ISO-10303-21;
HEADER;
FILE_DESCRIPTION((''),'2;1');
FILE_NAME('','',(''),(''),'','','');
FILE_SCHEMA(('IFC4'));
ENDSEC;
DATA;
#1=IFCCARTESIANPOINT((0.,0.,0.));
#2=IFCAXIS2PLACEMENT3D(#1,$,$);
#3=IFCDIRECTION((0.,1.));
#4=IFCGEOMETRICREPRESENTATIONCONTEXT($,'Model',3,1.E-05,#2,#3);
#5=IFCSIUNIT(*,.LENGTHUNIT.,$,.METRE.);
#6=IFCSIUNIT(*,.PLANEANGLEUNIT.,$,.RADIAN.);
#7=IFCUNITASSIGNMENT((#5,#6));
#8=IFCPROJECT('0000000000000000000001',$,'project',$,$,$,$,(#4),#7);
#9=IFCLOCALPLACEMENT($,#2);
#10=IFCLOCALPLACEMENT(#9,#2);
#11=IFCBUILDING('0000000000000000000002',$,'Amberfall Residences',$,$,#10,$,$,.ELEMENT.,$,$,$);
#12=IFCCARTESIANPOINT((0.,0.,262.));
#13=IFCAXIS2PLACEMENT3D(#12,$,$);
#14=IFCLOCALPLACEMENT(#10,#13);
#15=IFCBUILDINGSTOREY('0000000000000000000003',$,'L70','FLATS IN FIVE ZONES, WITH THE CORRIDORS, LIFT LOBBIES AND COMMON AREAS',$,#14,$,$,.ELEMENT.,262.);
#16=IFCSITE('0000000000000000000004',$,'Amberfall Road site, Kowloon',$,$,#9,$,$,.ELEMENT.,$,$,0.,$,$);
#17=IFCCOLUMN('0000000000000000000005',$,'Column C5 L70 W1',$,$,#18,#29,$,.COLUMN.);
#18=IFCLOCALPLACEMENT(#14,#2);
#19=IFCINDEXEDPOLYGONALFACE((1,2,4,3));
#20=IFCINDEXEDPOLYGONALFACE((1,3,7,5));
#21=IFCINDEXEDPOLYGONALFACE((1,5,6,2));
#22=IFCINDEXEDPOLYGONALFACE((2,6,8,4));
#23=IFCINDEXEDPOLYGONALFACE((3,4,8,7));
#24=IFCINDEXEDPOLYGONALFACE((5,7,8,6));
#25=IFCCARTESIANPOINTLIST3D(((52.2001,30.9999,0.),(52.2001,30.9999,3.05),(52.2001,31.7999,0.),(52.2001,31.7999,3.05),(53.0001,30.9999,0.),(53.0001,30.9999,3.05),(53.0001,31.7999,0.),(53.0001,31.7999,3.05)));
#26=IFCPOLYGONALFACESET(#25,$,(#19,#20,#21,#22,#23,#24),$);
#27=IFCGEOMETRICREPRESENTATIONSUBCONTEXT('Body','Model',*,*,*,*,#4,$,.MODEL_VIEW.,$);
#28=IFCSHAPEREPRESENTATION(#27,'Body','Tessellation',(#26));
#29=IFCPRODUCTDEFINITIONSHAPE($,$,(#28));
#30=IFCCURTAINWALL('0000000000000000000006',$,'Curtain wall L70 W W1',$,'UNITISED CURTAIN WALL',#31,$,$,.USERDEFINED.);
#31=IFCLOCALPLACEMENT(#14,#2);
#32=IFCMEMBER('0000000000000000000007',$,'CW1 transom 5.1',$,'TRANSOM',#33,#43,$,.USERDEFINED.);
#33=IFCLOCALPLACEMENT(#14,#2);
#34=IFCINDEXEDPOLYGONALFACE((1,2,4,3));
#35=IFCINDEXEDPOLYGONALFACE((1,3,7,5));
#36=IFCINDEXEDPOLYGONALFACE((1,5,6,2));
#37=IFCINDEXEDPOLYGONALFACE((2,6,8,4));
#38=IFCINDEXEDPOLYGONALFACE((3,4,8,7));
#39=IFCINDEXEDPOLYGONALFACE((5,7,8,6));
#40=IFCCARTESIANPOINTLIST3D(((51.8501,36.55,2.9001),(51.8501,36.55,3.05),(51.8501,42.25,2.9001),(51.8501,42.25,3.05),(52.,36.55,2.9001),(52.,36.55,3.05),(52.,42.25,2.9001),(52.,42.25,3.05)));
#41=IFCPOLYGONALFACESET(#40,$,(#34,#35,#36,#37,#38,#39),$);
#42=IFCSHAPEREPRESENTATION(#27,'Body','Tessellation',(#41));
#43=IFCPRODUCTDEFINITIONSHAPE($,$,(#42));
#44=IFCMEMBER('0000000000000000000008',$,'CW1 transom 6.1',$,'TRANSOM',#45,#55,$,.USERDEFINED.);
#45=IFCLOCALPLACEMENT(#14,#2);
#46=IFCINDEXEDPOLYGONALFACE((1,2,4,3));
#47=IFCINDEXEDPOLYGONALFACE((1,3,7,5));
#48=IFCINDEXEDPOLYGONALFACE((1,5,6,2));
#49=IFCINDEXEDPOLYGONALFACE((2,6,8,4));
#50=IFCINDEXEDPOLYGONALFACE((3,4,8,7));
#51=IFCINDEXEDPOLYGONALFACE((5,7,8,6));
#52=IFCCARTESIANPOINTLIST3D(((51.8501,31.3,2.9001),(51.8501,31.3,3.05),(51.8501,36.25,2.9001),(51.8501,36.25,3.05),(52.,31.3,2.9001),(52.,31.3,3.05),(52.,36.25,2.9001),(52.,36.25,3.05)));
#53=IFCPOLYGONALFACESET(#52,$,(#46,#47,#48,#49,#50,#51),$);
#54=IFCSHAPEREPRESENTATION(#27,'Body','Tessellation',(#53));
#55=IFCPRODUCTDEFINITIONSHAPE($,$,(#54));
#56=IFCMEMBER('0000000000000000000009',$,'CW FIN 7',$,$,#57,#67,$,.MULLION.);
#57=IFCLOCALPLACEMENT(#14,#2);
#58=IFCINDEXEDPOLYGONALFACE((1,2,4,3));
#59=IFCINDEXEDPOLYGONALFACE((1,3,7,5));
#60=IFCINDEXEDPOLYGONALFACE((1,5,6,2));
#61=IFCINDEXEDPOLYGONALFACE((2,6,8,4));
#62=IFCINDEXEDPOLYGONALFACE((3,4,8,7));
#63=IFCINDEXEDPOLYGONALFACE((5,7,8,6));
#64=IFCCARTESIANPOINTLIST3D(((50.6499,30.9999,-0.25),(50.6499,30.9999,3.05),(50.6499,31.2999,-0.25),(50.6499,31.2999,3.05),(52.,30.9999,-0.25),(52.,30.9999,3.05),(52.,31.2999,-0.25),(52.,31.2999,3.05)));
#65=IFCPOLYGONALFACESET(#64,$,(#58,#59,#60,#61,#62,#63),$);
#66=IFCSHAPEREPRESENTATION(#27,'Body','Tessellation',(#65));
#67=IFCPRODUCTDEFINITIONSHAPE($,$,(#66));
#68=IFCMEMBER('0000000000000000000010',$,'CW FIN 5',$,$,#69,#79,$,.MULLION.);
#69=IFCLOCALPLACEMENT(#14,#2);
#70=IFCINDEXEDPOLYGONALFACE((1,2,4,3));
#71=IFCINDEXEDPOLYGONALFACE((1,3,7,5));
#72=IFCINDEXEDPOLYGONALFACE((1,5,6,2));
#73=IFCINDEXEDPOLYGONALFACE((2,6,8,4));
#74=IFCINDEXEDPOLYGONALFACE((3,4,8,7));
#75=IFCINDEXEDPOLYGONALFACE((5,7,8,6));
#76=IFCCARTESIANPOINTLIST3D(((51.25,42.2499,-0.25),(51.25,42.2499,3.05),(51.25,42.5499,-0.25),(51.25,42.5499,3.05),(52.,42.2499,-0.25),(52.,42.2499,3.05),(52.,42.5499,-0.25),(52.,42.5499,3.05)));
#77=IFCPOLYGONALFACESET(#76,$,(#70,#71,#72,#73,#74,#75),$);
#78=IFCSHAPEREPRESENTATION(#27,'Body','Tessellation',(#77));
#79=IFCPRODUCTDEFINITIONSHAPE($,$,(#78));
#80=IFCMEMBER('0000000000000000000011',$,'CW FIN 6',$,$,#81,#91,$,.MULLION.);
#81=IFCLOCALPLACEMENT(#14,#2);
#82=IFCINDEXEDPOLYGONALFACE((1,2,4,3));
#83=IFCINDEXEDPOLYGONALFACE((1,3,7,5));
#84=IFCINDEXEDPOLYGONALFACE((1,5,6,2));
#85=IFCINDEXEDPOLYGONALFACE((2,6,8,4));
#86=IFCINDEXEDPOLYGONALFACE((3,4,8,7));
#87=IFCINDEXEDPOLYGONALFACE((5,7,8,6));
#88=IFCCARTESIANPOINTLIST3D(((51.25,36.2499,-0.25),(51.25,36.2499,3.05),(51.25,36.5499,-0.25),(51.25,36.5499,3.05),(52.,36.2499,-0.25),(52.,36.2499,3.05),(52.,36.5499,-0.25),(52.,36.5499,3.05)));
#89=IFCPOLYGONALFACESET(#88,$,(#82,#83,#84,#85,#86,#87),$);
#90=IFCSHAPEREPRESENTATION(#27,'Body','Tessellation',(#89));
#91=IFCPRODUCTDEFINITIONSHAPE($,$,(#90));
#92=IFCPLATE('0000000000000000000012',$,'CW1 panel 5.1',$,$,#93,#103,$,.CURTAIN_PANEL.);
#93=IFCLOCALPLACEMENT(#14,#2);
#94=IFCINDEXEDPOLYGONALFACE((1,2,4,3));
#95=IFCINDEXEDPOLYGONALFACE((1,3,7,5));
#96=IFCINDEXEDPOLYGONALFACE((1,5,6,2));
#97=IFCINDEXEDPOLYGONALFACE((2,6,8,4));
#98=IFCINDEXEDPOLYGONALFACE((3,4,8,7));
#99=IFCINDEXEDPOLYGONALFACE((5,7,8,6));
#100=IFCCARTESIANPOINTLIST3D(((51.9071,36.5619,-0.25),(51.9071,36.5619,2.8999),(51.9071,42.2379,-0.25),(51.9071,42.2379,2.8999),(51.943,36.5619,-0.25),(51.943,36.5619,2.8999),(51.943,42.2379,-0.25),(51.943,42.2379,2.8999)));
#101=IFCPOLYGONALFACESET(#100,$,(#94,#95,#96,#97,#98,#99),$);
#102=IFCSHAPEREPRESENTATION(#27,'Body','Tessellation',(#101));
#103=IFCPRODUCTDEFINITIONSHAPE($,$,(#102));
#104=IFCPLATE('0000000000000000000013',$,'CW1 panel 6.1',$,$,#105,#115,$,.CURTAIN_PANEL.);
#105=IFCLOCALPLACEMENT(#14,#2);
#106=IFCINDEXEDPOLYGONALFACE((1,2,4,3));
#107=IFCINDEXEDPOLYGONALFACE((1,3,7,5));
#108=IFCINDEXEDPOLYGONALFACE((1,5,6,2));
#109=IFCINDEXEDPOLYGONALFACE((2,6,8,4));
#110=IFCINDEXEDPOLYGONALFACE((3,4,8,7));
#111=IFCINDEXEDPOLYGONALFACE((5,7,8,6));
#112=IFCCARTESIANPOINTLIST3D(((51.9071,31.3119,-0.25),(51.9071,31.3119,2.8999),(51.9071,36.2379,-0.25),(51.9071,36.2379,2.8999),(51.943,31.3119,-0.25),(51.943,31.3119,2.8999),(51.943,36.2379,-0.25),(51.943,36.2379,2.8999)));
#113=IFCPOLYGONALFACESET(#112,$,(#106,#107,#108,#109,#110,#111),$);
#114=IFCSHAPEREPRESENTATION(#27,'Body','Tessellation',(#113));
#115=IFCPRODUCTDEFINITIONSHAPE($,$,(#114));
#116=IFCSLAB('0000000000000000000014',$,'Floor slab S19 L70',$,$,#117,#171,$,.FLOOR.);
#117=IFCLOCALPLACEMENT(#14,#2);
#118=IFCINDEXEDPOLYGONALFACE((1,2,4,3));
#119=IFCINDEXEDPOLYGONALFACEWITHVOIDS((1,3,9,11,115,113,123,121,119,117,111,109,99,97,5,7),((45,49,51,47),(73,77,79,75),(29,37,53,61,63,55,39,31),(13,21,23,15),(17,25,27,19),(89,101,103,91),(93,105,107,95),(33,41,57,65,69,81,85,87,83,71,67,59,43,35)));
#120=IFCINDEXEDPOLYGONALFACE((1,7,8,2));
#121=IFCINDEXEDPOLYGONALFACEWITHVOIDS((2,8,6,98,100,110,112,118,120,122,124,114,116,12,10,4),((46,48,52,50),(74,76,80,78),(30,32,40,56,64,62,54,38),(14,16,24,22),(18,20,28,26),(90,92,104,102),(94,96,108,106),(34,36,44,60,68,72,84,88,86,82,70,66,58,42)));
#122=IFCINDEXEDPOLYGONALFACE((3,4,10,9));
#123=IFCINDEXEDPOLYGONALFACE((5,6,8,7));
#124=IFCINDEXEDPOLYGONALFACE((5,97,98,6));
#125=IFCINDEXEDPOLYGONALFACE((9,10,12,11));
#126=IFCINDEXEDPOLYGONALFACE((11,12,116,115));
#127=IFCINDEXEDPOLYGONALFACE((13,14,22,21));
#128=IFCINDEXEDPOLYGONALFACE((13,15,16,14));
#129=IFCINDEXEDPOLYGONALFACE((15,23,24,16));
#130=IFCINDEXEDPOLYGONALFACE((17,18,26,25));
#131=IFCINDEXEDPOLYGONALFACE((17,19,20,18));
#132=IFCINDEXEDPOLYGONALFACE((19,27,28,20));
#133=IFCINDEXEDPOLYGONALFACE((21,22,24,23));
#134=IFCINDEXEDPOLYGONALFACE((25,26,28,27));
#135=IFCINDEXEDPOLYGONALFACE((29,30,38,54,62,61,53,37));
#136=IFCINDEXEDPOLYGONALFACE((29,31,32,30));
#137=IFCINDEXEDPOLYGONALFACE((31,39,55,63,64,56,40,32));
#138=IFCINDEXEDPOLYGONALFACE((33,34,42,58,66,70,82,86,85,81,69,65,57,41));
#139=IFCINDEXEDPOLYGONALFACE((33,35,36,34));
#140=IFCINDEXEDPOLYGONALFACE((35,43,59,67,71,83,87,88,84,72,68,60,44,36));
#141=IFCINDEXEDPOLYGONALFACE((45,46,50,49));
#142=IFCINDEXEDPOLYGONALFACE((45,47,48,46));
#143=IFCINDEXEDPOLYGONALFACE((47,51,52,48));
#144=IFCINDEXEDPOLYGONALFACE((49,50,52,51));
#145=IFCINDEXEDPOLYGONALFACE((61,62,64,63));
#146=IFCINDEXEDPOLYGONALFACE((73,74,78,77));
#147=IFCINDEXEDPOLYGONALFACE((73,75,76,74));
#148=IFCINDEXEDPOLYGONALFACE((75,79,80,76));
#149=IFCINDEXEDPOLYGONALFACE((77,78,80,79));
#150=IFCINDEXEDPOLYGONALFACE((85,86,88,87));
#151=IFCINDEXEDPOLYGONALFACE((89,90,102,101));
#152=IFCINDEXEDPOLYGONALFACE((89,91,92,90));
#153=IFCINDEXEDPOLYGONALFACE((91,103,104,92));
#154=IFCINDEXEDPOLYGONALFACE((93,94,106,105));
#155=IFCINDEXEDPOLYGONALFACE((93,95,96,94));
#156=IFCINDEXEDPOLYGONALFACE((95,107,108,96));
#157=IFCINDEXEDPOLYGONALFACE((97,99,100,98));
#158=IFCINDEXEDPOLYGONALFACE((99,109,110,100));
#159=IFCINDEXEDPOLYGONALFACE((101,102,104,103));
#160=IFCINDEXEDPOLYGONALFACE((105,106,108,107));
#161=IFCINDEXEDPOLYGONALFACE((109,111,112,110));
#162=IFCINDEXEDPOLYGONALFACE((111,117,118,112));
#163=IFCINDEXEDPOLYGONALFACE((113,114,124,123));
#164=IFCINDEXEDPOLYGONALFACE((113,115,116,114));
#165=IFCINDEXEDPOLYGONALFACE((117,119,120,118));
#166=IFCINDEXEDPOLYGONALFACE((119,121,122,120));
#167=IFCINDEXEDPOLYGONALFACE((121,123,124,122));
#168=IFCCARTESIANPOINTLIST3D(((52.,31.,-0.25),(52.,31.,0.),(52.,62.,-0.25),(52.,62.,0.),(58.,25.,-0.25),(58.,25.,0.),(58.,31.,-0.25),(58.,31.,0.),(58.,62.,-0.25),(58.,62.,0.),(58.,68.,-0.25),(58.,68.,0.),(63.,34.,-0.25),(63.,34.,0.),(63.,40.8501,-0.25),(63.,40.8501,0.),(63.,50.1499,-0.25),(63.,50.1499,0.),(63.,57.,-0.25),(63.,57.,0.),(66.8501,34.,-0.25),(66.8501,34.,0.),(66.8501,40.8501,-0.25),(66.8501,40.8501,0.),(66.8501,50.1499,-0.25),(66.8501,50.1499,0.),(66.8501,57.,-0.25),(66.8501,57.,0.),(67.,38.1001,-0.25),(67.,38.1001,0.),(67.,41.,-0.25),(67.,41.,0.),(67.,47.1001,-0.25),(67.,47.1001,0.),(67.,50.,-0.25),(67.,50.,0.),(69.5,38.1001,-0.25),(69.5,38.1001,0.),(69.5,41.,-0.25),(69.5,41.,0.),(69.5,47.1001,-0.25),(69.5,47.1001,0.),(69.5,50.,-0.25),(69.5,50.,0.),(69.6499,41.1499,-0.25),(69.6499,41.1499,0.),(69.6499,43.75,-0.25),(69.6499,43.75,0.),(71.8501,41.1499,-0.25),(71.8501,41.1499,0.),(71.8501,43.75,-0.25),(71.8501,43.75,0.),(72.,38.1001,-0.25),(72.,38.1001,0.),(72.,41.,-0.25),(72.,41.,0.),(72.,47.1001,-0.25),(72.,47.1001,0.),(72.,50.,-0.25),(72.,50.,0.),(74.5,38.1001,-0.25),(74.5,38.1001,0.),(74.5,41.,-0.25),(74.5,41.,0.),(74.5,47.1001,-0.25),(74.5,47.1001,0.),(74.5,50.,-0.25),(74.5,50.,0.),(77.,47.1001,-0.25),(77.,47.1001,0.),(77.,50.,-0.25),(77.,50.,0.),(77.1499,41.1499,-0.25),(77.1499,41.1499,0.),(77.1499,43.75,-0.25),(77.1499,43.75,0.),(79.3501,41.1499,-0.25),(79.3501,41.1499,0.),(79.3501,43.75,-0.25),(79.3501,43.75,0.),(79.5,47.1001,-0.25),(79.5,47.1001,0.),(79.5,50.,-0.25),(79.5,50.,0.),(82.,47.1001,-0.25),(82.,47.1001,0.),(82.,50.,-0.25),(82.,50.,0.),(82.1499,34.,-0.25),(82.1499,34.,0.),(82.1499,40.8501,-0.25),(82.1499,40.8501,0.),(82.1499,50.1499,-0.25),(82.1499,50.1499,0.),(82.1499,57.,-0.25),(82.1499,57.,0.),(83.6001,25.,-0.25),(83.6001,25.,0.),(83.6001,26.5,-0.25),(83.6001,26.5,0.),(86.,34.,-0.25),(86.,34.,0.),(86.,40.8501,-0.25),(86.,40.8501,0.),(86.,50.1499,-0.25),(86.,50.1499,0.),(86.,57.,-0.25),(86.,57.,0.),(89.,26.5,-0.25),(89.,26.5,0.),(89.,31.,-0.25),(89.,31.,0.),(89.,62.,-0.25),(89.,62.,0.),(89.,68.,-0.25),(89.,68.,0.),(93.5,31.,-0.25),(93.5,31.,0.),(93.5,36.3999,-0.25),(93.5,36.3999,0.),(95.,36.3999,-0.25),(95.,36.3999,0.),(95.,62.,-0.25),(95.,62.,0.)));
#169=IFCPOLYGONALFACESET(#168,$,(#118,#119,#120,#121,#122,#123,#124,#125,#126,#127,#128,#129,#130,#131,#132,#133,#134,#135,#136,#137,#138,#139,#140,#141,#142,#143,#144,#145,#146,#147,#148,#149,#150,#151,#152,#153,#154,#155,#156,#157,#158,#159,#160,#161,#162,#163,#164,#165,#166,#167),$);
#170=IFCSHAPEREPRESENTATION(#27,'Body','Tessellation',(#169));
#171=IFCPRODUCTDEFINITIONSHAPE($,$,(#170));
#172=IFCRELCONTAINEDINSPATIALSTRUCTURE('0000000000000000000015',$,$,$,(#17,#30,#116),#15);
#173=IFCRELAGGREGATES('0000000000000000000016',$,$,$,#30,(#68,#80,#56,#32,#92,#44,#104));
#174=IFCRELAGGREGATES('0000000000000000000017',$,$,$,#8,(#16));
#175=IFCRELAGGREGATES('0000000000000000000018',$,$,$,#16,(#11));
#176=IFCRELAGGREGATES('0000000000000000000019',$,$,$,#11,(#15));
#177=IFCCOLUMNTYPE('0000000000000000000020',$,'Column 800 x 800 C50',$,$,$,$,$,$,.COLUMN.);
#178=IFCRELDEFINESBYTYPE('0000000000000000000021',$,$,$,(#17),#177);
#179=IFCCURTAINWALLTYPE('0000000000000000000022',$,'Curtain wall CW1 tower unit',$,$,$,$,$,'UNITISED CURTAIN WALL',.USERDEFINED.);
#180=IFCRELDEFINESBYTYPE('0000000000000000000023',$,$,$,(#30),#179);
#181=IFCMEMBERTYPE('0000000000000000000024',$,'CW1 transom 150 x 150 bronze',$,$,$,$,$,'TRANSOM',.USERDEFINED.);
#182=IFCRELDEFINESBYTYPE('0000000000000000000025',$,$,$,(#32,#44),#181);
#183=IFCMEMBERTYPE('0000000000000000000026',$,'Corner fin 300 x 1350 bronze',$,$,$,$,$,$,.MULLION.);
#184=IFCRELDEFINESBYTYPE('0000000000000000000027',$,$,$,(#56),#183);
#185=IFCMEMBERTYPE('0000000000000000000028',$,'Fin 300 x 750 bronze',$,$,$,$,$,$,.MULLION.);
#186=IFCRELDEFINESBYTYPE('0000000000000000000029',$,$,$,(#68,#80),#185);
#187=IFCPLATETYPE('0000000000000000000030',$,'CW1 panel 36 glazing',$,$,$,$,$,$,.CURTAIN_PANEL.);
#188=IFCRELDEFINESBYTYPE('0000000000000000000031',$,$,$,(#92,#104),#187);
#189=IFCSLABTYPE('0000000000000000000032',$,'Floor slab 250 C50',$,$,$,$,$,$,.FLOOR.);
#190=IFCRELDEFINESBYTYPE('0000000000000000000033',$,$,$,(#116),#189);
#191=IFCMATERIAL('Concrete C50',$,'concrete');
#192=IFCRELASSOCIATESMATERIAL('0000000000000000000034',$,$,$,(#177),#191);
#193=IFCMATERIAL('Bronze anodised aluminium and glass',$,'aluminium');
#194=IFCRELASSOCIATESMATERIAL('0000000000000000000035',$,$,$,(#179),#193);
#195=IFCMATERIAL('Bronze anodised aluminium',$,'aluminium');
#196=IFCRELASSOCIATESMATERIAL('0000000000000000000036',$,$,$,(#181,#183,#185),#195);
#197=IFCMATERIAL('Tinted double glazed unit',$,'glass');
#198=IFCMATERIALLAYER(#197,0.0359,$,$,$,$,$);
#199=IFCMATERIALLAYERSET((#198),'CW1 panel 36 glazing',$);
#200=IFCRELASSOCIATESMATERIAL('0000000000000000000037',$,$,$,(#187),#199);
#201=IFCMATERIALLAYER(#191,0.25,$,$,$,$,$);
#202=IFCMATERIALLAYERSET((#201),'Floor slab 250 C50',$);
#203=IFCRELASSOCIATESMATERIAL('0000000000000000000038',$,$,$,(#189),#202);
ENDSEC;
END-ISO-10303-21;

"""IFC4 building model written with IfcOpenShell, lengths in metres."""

from ifc_helpers import new_model, si_unit, direction, frame, origin, origin_2d, place, context, subcontext, project, spatial, polyline, rectangle, outline, extrude, material, layer, layer_set, material_profile, profile_set, type_object, element, aggregate, save


model = new_model("IFC4")

# Units and contexts
model_context = context("Model", 3, precision=1e-05, world=origin(), true_north=direction((0.0, 1.0)))
body_context = subcontext(model_context, "Body", "Model", "MODEL_VIEW")
ifc_project = project(units=[si_unit("LENGTHUNIT", "METRE"), si_unit("PLANEANGLEUNIT", "RADIAN")], contexts=[model_context])

# Site, building, storey
site_placement = place(None, origin())
site = spatial("IfcSite", under=ifc_project, at=site_placement, Name="Amberfall Road site, Kowloon", CompositionType="ELEMENT", RefElevation=0.0)
building_placement = place(site_placement, origin())
building = spatial("IfcBuilding", under=site, at=building_placement, Name="Amberfall Residences", CompositionType="ELEMENT")
storey_placement = place(building_placement, frame((0.0, 0.0, 262.0)))
storey = spatial("IfcBuildingStorey", under=building, at=storey_placement, Name="L70", Description="FLATS IN FIVE ZONES, WITH THE CORRIDORS, LIFT LOBBIES AND COMMON AREAS", CompositionType="ELEMENT", Elevation=262.0)

# Column
ifc_material_1 = material(Name="Concrete C50", Category="concrete")
ifc_material_profile_1 = material_profile(ifc_material_1, rectangle(XDim=0.8, YDim=0.8, at=origin_2d()), Name="Column 800 x 800 C50")
ifc_profile_set_1 = profile_set([ifc_material_profile_1], Name="Concrete C50")
column_type = type_object("IfcColumnType", Name="Column 800 x 800 C50", PredefinedType="COLUMN", material=ifc_profile_set_1)
column_placement = place(storey_placement, frame((52.6001, 31.3999, 0.0), z_axis=(0.0, 0.0, 1.0), x_axis=(1.0, 0.0, 0.0)))
element("IfcColumn", 1, at=column_placement, inside=storey, type_object=column_type, Name="Column C5 L70 W1", PredefinedType="COLUMN", context=body_context, shape_type="SweptSolid", body=[
    extrude(rectangle(XDim=0.8, YDim=0.8, at=origin_2d()), origin(), (0.0, 0.0, 1.0), 3.05),
])

# Curtain wall, members, plates
ifc_material_2 = material(Name="Bronze anodised aluminium and glass", Category="aluminium")
curtain_wall_type = type_object("IfcCurtainWallType", Name="Curtain wall CW1 tower unit", ElementType="UNITISED CURTAIN WALL", PredefinedType="USERDEFINED", material=ifc_material_2)
curtain_wall_placement = place(storey_placement, origin())
curtain_wall = element("IfcCurtainWall", 2, at=curtain_wall_placement, inside=storey, type_object=curtain_wall_type, Name="Curtain wall L70 W W1", ObjectType="UNITISED CURTAIN WALL", PredefinedType="USERDEFINED")
ifc_material_3 = material(Name="Bronze anodised aluminium", Category="aluminium")
ifc_material_profile_2 = material_profile(ifc_material_3, rectangle(XDim=0.1499, YDim=0.1499, at=origin_2d()), Name="CW1 transom 150 x 150 bronze")
ifc_profile_set_2 = profile_set([ifc_material_profile_2], Name="Bronze anodised aluminium")
member_type_1 = type_object("IfcMemberType", Name="CW1 transom 150 x 150 bronze", ElementType="TRANSOM", PredefinedType="USERDEFINED", material=ifc_profile_set_2)
member_1_placement = place(storey_placement, frame((51.925, 42.25, 2.9751), z_axis=(0.0, -1.0, 0.0), x_axis=(1.0, 0.0, 0.0)))
member_1 = element("IfcMember", 3, at=member_1_placement, type_object=member_type_1, Name="CW1 transom 5.1", ObjectType="TRANSOM", PredefinedType="USERDEFINED", context=body_context, shape_type="SweptSolid", body=[
    extrude(rectangle(XDim=0.1499, YDim=0.1499, at=origin_2d()), origin(), (0.0, 0.0, 1.0), 5.7),
])
member_2_placement = place(storey_placement, frame((51.925, 36.25, 2.9751), z_axis=(0.0, -1.0, 0.0), x_axis=(1.0, 0.0, 0.0)))
member_2 = element("IfcMember", 4, at=member_2_placement, type_object=member_type_1, Name="CW1 transom 6.1", ObjectType="TRANSOM", PredefinedType="USERDEFINED", context=body_context, shape_type="SweptSolid", body=[
    extrude(rectangle(XDim=0.1499, YDim=0.1499, at=origin_2d()), origin(), (0.0, 0.0, 1.0), 4.95),
])
ifc_material_profile_3 = material_profile(ifc_material_3, rectangle(XDim=1.3501, YDim=0.3, at=origin_2d()), Name="Corner fin 300 x 1350 bronze")
ifc_profile_set_3 = profile_set([ifc_material_profile_3], Name="Bronze anodised aluminium")
member_type_2 = type_object("IfcMemberType", Name="Corner fin 300 x 1350 bronze", PredefinedType="MULLION", material=ifc_profile_set_3)
member_3_placement = place(storey_placement, frame((51.325, 31.1499, -0.25), z_axis=(0.0, 0.0, 1.0), x_axis=(1.0, 0.0, 0.0)))
member_3 = element("IfcMember", 5, at=member_3_placement, type_object=member_type_2, Name="CW FIN 7", PredefinedType="MULLION", context=body_context, shape_type="SweptSolid", body=[
    extrude(rectangle(XDim=1.3501, YDim=0.3, at=origin_2d()), origin(), (0.0, 0.0, 1.0), 3.3),
])
ifc_material_profile_4 = material_profile(ifc_material_3, rectangle(XDim=0.75, YDim=0.3, at=origin_2d()), Name="Fin 300 x 750 bronze")
ifc_profile_set_4 = profile_set([ifc_material_profile_4], Name="Bronze anodised aluminium")
member_type_3 = type_object("IfcMemberType", Name="Fin 300 x 750 bronze", PredefinedType="MULLION", material=ifc_profile_set_4)
member_4_placement = place(storey_placement, frame((51.625, 42.3999, -0.25), z_axis=(0.0, 0.0, 1.0), x_axis=(1.0, 0.0, 0.0)))
member_4 = element("IfcMember", 6, at=member_4_placement, type_object=member_type_3, Name="CW FIN 5", PredefinedType="MULLION", context=body_context, shape_type="SweptSolid", body=[
    extrude(rectangle(XDim=0.75, YDim=0.3, at=origin_2d()), origin(), (0.0, 0.0, 1.0), 3.3),
])
member_5_placement = place(storey_placement, frame((51.625, 36.3999, -0.25), z_axis=(0.0, 0.0, 1.0), x_axis=(1.0, 0.0, 0.0)))
member_5 = element("IfcMember", 7, at=member_5_placement, type_object=member_type_3, Name="CW FIN 6", PredefinedType="MULLION", context=body_context, shape_type="SweptSolid", body=[
    extrude(rectangle(XDim=0.75, YDim=0.3, at=origin_2d()), origin(), (0.0, 0.0, 1.0), 3.3),
])
ifc_material_4 = material(Name="Tinted double glazed unit", Category="glass")
ifc_layer_1 = layer(ifc_material_4, 0.0359)
ifc_layer_set_1 = layer_set([ifc_layer_1], Name="CW1 panel 36 glazing")
plate_type = type_object("IfcPlateType", Name="CW1 panel 36 glazing", PredefinedType="CURTAIN_PANEL", material=ifc_layer_set_1)
plate_1_placement = place(storey_placement, frame((51.925, 39.3999, -0.25), z_axis=(0.0, 0.0, 1.0), x_axis=(0.0, -1.0, 0.0)))
plate_1 = element("IfcPlate", 8, at=plate_1_placement, type_object=plate_type, Name="CW1 panel 5.1", PredefinedType="CURTAIN_PANEL", context=body_context, shape_type="SweptSolid", body=[
    extrude(rectangle(XDim=5.676, YDim=0.0359, at=origin_2d()), origin(), (0.0, 0.0, 1.0), 3.1499),
])
plate_2_placement = place(storey_placement, frame((51.925, 33.7749, -0.25), z_axis=(0.0, 0.0, 1.0), x_axis=(0.0, -1.0, 0.0)))
plate_2 = element("IfcPlate", 9, at=plate_2_placement, type_object=plate_type, Name="CW1 panel 6.1", PredefinedType="CURTAIN_PANEL", context=body_context, shape_type="SweptSolid", body=[
    extrude(rectangle(XDim=4.926, YDim=0.0359, at=origin_2d()), origin(), (0.0, 0.0, 1.0), 3.1499),
])
aggregate(curtain_wall, [member_4, member_5, member_3, member_1, plate_1, member_2, plate_2])

# Slab
ifc_layer_2 = layer(ifc_material_1, 0.25)
ifc_layer_set_2 = layer_set([ifc_layer_2], Name="Floor slab 250 C50")
slab_type_1 = type_object("IfcSlabType", Name="Floor slab 250 C50", PredefinedType="FLOOR", material=ifc_layer_set_2)
slab_1_placement = place(storey_placement, frame((0.0, 0.0, -0.25)))
element("IfcSlab", 10, at=slab_1_placement, inside=storey, type_object=slab_type_1, Name="Floor slab S19 L70", PredefinedType="FLOOR", context=body_context, shape_type="SweptSolid", body=[
    extrude(outline(polyline([(83.6001, 26.5), (83.6001, 25.0), (58.0, 25.0), (58.0, 31.0), (52.0, 31.0), (52.0, 62.0), (58.0, 62.0), (58.0, 68.0), (89.0, 68.0), (89.0, 62.0), (95.0, 62.0), (95.0, 36.3999), (93.5, 36.3999), (93.5, 31.0), (89.0, 31.0), (89.0, 26.5), (83.6001, 26.5)]), holes=[polyline([(86.0, 34.0), (86.0, 40.8501), (82.1499, 40.8501), (82.1499, 34.0), (86.0, 34.0)]), polyline([(86.0, 50.1499), (86.0, 57.0), (82.1499, 57.0), (82.1499, 50.1499), (86.0, 50.1499)]), polyline([(72.0, 50.0), (69.5, 50.0), (67.0, 50.0), (67.0, 47.1001), (69.5, 47.1001), (72.0, 47.1001), (74.5, 47.1001), (77.0, 47.1001), (79.5, 47.1001), (82.0, 47.1001), (82.0, 50.0), (79.5, 50.0), (77.0, 50.0), (74.5, 50.0), (72.0, 50.0)]), polyline([(79.3501, 41.1499), (79.3501, 43.75), (77.1499, 43.75), (77.1499, 41.1499), (79.3501, 41.1499)]), polyline([(69.5, 41.0), (67.0, 41.0), (67.0, 38.1001), (69.5, 38.1001), (72.0, 38.1001), (74.5, 38.1001), (74.5, 41.0), (72.0, 41.0), (69.5, 41.0)]), polyline([(71.8501, 41.1499), (71.8501, 43.75), (69.6499, 43.75), (69.6499, 41.1499), (71.8501, 41.1499)]), polyline([(66.8501, 50.1499), (66.8501, 57.0), (63.0, 57.0), (63.0, 50.1499), (66.8501, 50.1499)]), polyline([(66.8501, 40.8501), (63.0, 40.8501), (63.0, 34.0), (66.8501, 34.0), (66.8501, 40.8501)])]), origin(), (0.0, 0.0, 1.0), 0.25),
])

save(model, "model.ifc")
